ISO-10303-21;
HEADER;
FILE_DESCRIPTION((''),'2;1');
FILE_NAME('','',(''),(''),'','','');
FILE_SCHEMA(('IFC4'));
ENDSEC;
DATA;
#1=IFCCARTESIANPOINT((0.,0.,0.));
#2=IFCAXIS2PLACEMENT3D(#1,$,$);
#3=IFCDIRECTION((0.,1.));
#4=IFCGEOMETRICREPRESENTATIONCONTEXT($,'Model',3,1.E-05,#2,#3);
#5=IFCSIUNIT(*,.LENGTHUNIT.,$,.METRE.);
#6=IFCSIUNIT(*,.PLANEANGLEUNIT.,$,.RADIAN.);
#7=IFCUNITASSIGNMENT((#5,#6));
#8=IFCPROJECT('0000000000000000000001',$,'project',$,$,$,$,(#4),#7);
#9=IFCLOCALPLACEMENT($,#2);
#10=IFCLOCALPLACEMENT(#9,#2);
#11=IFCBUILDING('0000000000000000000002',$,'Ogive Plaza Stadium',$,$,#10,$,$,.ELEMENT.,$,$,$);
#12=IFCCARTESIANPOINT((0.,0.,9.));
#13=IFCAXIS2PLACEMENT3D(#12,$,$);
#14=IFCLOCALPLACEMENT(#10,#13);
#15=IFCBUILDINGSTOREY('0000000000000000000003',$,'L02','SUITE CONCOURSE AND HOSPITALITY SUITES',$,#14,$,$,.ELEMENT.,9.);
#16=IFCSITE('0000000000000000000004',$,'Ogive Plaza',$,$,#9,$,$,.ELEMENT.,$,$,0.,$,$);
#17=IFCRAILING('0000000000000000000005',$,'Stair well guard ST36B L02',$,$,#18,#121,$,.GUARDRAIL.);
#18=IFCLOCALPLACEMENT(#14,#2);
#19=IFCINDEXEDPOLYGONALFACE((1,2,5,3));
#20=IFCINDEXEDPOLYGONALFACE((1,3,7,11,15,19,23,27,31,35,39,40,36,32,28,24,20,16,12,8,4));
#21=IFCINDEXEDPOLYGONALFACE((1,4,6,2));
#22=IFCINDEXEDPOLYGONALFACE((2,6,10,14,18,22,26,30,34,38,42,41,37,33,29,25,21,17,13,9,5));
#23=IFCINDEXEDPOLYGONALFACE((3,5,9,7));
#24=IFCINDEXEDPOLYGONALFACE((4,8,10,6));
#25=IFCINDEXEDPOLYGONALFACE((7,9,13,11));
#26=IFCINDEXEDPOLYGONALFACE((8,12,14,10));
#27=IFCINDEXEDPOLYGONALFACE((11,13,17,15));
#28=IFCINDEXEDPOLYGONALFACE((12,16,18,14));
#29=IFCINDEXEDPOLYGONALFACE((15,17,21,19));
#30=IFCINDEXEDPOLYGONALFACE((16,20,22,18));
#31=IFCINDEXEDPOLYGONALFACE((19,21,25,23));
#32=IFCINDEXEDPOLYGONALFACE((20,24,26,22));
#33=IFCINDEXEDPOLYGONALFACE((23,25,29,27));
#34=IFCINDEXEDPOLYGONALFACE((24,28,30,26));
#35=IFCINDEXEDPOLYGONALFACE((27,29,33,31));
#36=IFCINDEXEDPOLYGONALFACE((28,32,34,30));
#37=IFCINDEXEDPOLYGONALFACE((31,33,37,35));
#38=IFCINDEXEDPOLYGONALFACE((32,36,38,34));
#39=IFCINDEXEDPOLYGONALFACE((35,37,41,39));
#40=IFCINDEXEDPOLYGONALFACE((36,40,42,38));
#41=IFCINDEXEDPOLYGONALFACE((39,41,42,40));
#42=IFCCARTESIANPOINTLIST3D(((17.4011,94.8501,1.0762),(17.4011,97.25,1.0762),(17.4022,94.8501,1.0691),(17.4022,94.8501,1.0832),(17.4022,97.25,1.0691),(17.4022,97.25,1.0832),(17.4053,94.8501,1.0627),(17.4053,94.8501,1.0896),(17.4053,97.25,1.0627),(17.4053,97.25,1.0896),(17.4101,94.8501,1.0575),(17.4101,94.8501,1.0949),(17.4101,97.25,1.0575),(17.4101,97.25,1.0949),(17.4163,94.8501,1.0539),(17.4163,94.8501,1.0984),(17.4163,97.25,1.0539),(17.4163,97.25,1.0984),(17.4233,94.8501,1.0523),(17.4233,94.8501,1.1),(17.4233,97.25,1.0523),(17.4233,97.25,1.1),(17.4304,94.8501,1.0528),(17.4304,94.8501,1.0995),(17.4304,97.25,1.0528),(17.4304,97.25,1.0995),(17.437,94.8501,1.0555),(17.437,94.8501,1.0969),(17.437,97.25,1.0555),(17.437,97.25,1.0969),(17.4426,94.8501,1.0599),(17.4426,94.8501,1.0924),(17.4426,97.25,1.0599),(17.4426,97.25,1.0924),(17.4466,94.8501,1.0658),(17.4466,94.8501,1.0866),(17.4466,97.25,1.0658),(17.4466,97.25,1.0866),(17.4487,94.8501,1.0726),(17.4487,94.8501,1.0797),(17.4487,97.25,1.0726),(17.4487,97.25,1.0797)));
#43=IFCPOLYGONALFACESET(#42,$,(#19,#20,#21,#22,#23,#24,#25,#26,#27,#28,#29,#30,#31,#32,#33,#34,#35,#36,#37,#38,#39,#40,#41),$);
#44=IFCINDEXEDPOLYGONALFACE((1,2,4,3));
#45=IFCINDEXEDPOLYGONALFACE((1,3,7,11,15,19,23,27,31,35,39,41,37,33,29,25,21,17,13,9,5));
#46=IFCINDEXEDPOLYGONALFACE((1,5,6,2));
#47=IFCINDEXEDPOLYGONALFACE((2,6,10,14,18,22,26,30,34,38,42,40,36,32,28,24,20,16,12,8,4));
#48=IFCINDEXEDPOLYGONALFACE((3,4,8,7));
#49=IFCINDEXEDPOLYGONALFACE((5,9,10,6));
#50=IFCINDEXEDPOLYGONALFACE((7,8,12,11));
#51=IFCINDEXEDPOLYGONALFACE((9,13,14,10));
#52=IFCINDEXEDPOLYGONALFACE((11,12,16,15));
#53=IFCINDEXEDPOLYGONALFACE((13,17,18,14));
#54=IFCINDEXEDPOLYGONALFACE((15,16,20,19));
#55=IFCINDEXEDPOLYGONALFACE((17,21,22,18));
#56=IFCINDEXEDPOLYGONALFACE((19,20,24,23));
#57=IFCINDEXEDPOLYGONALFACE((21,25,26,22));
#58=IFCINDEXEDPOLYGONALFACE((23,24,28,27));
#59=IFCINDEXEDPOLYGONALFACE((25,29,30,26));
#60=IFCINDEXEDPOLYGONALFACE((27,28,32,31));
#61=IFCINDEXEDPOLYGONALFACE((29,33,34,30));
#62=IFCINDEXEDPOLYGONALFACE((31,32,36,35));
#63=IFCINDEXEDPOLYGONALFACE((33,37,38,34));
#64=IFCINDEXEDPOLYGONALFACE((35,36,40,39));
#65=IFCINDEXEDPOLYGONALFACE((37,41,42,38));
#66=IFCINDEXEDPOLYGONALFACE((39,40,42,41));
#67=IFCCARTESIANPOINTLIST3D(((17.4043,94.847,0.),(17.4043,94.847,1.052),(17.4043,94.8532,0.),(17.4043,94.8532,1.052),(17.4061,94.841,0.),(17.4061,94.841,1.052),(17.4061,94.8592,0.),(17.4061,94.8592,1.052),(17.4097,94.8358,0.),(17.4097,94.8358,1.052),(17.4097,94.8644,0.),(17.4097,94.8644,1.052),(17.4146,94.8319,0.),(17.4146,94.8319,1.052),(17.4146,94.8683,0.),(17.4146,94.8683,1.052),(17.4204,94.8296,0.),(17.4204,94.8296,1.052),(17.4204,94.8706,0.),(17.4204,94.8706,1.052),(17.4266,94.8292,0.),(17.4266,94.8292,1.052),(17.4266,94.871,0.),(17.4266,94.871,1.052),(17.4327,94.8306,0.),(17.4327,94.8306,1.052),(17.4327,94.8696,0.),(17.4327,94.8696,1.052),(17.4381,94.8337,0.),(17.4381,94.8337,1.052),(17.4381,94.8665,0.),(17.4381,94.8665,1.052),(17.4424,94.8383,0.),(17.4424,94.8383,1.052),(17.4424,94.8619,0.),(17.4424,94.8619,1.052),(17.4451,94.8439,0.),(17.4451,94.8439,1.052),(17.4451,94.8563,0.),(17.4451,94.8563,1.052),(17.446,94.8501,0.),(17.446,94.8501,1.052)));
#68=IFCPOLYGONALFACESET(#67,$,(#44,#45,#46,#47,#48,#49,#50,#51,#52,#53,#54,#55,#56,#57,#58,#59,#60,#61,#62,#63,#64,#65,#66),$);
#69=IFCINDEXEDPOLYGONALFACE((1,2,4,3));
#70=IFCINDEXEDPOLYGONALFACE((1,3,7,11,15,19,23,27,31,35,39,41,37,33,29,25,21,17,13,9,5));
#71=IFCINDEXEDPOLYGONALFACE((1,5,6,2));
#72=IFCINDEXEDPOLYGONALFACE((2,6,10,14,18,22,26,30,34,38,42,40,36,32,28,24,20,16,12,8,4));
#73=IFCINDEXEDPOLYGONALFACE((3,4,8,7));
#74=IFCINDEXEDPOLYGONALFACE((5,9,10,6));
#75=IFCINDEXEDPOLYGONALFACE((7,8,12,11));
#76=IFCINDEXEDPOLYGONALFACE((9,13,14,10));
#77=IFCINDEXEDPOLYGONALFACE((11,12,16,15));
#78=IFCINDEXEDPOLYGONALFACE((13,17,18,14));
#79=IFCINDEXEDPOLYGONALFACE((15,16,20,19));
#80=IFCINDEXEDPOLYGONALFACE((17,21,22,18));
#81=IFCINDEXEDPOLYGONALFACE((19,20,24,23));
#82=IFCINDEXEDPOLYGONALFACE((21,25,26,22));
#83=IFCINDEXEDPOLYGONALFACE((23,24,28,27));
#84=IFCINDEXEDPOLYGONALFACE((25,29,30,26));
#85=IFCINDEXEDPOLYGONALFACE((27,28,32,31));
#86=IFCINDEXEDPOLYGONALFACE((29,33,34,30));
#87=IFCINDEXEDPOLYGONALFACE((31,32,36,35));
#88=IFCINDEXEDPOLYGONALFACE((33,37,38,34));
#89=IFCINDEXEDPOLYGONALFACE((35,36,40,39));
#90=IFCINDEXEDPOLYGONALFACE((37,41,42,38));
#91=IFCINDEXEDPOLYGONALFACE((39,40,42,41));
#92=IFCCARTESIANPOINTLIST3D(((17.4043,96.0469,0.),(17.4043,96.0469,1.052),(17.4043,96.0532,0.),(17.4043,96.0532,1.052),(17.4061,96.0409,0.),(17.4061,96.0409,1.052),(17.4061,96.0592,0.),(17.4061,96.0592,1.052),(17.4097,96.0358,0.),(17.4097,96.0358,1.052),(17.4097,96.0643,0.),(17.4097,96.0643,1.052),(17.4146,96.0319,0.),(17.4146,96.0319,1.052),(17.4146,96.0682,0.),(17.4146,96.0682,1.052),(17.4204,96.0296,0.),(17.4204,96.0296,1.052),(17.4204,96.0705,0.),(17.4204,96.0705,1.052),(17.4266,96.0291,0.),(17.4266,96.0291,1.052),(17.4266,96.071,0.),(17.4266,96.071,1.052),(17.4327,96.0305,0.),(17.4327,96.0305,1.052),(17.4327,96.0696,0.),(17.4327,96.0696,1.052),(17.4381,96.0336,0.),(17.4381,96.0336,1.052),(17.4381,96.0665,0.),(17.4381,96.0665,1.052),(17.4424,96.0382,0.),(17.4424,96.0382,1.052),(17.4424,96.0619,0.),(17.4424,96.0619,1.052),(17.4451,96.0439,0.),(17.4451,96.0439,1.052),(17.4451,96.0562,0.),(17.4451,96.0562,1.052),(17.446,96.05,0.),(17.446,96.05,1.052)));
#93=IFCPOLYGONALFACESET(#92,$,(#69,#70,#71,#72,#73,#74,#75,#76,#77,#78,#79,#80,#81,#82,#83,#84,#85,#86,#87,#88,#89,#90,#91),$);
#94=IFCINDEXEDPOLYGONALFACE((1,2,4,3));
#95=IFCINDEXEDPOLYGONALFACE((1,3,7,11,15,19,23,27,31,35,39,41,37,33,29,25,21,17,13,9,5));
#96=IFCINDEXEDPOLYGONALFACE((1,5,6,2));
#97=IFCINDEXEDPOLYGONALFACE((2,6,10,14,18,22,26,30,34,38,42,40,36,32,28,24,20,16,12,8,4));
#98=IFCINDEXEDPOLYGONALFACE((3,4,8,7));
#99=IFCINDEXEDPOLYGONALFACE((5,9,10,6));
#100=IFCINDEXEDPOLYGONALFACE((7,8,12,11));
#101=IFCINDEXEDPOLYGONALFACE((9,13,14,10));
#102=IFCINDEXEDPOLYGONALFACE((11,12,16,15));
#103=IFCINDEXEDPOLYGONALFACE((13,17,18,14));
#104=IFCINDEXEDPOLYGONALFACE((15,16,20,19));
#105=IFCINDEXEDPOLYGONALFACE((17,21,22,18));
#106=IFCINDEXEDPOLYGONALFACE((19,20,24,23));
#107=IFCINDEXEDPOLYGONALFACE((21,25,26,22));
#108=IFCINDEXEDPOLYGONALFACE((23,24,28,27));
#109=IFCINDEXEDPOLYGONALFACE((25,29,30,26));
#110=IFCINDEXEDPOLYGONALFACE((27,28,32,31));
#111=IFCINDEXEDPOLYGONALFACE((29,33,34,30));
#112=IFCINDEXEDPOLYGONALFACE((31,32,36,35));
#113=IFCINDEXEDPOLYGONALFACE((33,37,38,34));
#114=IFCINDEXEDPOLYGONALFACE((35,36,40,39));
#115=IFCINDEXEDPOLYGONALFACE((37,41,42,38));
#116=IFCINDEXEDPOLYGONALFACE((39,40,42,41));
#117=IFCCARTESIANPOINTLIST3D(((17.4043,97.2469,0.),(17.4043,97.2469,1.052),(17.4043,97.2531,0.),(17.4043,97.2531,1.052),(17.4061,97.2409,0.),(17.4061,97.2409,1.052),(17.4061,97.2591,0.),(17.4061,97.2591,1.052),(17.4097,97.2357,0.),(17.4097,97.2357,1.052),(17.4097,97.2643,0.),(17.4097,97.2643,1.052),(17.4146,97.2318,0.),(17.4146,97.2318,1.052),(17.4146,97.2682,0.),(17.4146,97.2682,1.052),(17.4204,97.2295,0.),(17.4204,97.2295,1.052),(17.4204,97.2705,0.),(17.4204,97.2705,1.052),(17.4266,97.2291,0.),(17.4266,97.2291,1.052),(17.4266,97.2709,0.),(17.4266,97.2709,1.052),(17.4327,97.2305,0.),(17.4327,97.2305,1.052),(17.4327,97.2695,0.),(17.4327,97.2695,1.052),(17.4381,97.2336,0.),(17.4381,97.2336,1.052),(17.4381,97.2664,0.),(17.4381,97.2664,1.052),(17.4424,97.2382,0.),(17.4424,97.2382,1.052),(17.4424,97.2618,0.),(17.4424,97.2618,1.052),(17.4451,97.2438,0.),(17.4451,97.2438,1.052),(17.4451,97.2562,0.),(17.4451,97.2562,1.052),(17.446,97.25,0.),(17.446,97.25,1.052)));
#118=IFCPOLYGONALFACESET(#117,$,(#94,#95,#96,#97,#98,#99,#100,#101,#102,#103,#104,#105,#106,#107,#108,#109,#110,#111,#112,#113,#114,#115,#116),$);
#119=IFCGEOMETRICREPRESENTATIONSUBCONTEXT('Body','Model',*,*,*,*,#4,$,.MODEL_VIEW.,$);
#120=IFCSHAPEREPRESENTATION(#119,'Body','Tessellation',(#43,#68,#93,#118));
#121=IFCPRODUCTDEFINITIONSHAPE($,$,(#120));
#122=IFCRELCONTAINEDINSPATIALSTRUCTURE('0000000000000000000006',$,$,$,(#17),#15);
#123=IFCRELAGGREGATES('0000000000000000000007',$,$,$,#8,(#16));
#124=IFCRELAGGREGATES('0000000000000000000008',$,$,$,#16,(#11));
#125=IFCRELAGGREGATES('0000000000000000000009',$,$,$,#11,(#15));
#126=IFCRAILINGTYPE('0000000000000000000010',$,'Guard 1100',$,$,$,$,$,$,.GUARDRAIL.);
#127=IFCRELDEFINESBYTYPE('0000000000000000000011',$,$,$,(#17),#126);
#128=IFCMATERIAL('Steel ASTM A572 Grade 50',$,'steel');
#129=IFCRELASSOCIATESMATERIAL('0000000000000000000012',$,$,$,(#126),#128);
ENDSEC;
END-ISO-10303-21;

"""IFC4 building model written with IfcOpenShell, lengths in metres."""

from ifc_helpers import new_model, si_unit, direction, frame, origin, origin_2d, place, context, subcontext, project, spatial, circle, extrude, material, type_object, element, save


model = new_model("IFC4")

# Units and contexts
model_context = context("Model", 3, precision=1e-05, world=origin(), true_north=direction((0.0, 1.0)))
body_context = subcontext(model_context, "Body", "Model", "MODEL_VIEW")
ifc_project = project(units=[si_unit("LENGTHUNIT", "METRE"), si_unit("PLANEANGLEUNIT", "RADIAN")], contexts=[model_context])

# Site, building, storey
site_placement = place(None, origin())
site = spatial("IfcSite", under=ifc_project, at=site_placement, Name="Ogive Plaza", CompositionType="ELEMENT", RefElevation=0.0)
building_placement = place(site_placement, origin())
building = spatial("IfcBuilding", under=site, at=building_placement, Name="Ogive Plaza Stadium", CompositionType="ELEMENT")
storey_placement = place(building_placement, frame((0.0, 0.0, 9.0)))
storey = spatial("IfcBuildingStorey", under=building, at=storey_placement, Name="L02", Description="SUITE CONCOURSE AND HOSPITALITY SUITES", CompositionType="ELEMENT", Elevation=9.0)

# Railing
ifc_material_1 = material(Name="Steel ASTM A572 Grade 50", Category="steel")
railing_type_1 = type_object("IfcRailingType", Name="Guard 1100", PredefinedType="GUARDRAIL", material=ifc_material_1)
railing_1_placement = place(storey_placement, frame((17.425, 94.8501, 0.0)))
element("IfcRailing", 1, at=railing_1_placement, inside=storey, type_object=railing_type_1, Name="Stair well guard ST36B L02", PredefinedType="GUARDRAIL", context=body_context, shape_type="SweptSolid", body=[
    extrude(circle(Radius=0.0239, at=origin_2d()), frame((0.0, 0.0, 1.0762), z_axis=(0.0, 1.0, 0.0), x_axis=(-1.0, 0.0, 0.0)), (0.0, 0.0, 1.0), 2.3999),
    extrude(circle(Radius=0.021, at=origin_2d()), origin(), (0.0, 0.0, 1.0), 1.052),
    extrude(circle(Radius=0.021, at=origin_2d()), frame((0.0, 1.2, 0.0)), (0.0, 0.0, 1.0), 1.052),
    extrude(circle(Radius=0.021, at=origin_2d()), frame((0.0, 2.3999, 0.0)), (0.0, 0.0, 1.0), 1.052),
])

save(model, "model.ifc")
